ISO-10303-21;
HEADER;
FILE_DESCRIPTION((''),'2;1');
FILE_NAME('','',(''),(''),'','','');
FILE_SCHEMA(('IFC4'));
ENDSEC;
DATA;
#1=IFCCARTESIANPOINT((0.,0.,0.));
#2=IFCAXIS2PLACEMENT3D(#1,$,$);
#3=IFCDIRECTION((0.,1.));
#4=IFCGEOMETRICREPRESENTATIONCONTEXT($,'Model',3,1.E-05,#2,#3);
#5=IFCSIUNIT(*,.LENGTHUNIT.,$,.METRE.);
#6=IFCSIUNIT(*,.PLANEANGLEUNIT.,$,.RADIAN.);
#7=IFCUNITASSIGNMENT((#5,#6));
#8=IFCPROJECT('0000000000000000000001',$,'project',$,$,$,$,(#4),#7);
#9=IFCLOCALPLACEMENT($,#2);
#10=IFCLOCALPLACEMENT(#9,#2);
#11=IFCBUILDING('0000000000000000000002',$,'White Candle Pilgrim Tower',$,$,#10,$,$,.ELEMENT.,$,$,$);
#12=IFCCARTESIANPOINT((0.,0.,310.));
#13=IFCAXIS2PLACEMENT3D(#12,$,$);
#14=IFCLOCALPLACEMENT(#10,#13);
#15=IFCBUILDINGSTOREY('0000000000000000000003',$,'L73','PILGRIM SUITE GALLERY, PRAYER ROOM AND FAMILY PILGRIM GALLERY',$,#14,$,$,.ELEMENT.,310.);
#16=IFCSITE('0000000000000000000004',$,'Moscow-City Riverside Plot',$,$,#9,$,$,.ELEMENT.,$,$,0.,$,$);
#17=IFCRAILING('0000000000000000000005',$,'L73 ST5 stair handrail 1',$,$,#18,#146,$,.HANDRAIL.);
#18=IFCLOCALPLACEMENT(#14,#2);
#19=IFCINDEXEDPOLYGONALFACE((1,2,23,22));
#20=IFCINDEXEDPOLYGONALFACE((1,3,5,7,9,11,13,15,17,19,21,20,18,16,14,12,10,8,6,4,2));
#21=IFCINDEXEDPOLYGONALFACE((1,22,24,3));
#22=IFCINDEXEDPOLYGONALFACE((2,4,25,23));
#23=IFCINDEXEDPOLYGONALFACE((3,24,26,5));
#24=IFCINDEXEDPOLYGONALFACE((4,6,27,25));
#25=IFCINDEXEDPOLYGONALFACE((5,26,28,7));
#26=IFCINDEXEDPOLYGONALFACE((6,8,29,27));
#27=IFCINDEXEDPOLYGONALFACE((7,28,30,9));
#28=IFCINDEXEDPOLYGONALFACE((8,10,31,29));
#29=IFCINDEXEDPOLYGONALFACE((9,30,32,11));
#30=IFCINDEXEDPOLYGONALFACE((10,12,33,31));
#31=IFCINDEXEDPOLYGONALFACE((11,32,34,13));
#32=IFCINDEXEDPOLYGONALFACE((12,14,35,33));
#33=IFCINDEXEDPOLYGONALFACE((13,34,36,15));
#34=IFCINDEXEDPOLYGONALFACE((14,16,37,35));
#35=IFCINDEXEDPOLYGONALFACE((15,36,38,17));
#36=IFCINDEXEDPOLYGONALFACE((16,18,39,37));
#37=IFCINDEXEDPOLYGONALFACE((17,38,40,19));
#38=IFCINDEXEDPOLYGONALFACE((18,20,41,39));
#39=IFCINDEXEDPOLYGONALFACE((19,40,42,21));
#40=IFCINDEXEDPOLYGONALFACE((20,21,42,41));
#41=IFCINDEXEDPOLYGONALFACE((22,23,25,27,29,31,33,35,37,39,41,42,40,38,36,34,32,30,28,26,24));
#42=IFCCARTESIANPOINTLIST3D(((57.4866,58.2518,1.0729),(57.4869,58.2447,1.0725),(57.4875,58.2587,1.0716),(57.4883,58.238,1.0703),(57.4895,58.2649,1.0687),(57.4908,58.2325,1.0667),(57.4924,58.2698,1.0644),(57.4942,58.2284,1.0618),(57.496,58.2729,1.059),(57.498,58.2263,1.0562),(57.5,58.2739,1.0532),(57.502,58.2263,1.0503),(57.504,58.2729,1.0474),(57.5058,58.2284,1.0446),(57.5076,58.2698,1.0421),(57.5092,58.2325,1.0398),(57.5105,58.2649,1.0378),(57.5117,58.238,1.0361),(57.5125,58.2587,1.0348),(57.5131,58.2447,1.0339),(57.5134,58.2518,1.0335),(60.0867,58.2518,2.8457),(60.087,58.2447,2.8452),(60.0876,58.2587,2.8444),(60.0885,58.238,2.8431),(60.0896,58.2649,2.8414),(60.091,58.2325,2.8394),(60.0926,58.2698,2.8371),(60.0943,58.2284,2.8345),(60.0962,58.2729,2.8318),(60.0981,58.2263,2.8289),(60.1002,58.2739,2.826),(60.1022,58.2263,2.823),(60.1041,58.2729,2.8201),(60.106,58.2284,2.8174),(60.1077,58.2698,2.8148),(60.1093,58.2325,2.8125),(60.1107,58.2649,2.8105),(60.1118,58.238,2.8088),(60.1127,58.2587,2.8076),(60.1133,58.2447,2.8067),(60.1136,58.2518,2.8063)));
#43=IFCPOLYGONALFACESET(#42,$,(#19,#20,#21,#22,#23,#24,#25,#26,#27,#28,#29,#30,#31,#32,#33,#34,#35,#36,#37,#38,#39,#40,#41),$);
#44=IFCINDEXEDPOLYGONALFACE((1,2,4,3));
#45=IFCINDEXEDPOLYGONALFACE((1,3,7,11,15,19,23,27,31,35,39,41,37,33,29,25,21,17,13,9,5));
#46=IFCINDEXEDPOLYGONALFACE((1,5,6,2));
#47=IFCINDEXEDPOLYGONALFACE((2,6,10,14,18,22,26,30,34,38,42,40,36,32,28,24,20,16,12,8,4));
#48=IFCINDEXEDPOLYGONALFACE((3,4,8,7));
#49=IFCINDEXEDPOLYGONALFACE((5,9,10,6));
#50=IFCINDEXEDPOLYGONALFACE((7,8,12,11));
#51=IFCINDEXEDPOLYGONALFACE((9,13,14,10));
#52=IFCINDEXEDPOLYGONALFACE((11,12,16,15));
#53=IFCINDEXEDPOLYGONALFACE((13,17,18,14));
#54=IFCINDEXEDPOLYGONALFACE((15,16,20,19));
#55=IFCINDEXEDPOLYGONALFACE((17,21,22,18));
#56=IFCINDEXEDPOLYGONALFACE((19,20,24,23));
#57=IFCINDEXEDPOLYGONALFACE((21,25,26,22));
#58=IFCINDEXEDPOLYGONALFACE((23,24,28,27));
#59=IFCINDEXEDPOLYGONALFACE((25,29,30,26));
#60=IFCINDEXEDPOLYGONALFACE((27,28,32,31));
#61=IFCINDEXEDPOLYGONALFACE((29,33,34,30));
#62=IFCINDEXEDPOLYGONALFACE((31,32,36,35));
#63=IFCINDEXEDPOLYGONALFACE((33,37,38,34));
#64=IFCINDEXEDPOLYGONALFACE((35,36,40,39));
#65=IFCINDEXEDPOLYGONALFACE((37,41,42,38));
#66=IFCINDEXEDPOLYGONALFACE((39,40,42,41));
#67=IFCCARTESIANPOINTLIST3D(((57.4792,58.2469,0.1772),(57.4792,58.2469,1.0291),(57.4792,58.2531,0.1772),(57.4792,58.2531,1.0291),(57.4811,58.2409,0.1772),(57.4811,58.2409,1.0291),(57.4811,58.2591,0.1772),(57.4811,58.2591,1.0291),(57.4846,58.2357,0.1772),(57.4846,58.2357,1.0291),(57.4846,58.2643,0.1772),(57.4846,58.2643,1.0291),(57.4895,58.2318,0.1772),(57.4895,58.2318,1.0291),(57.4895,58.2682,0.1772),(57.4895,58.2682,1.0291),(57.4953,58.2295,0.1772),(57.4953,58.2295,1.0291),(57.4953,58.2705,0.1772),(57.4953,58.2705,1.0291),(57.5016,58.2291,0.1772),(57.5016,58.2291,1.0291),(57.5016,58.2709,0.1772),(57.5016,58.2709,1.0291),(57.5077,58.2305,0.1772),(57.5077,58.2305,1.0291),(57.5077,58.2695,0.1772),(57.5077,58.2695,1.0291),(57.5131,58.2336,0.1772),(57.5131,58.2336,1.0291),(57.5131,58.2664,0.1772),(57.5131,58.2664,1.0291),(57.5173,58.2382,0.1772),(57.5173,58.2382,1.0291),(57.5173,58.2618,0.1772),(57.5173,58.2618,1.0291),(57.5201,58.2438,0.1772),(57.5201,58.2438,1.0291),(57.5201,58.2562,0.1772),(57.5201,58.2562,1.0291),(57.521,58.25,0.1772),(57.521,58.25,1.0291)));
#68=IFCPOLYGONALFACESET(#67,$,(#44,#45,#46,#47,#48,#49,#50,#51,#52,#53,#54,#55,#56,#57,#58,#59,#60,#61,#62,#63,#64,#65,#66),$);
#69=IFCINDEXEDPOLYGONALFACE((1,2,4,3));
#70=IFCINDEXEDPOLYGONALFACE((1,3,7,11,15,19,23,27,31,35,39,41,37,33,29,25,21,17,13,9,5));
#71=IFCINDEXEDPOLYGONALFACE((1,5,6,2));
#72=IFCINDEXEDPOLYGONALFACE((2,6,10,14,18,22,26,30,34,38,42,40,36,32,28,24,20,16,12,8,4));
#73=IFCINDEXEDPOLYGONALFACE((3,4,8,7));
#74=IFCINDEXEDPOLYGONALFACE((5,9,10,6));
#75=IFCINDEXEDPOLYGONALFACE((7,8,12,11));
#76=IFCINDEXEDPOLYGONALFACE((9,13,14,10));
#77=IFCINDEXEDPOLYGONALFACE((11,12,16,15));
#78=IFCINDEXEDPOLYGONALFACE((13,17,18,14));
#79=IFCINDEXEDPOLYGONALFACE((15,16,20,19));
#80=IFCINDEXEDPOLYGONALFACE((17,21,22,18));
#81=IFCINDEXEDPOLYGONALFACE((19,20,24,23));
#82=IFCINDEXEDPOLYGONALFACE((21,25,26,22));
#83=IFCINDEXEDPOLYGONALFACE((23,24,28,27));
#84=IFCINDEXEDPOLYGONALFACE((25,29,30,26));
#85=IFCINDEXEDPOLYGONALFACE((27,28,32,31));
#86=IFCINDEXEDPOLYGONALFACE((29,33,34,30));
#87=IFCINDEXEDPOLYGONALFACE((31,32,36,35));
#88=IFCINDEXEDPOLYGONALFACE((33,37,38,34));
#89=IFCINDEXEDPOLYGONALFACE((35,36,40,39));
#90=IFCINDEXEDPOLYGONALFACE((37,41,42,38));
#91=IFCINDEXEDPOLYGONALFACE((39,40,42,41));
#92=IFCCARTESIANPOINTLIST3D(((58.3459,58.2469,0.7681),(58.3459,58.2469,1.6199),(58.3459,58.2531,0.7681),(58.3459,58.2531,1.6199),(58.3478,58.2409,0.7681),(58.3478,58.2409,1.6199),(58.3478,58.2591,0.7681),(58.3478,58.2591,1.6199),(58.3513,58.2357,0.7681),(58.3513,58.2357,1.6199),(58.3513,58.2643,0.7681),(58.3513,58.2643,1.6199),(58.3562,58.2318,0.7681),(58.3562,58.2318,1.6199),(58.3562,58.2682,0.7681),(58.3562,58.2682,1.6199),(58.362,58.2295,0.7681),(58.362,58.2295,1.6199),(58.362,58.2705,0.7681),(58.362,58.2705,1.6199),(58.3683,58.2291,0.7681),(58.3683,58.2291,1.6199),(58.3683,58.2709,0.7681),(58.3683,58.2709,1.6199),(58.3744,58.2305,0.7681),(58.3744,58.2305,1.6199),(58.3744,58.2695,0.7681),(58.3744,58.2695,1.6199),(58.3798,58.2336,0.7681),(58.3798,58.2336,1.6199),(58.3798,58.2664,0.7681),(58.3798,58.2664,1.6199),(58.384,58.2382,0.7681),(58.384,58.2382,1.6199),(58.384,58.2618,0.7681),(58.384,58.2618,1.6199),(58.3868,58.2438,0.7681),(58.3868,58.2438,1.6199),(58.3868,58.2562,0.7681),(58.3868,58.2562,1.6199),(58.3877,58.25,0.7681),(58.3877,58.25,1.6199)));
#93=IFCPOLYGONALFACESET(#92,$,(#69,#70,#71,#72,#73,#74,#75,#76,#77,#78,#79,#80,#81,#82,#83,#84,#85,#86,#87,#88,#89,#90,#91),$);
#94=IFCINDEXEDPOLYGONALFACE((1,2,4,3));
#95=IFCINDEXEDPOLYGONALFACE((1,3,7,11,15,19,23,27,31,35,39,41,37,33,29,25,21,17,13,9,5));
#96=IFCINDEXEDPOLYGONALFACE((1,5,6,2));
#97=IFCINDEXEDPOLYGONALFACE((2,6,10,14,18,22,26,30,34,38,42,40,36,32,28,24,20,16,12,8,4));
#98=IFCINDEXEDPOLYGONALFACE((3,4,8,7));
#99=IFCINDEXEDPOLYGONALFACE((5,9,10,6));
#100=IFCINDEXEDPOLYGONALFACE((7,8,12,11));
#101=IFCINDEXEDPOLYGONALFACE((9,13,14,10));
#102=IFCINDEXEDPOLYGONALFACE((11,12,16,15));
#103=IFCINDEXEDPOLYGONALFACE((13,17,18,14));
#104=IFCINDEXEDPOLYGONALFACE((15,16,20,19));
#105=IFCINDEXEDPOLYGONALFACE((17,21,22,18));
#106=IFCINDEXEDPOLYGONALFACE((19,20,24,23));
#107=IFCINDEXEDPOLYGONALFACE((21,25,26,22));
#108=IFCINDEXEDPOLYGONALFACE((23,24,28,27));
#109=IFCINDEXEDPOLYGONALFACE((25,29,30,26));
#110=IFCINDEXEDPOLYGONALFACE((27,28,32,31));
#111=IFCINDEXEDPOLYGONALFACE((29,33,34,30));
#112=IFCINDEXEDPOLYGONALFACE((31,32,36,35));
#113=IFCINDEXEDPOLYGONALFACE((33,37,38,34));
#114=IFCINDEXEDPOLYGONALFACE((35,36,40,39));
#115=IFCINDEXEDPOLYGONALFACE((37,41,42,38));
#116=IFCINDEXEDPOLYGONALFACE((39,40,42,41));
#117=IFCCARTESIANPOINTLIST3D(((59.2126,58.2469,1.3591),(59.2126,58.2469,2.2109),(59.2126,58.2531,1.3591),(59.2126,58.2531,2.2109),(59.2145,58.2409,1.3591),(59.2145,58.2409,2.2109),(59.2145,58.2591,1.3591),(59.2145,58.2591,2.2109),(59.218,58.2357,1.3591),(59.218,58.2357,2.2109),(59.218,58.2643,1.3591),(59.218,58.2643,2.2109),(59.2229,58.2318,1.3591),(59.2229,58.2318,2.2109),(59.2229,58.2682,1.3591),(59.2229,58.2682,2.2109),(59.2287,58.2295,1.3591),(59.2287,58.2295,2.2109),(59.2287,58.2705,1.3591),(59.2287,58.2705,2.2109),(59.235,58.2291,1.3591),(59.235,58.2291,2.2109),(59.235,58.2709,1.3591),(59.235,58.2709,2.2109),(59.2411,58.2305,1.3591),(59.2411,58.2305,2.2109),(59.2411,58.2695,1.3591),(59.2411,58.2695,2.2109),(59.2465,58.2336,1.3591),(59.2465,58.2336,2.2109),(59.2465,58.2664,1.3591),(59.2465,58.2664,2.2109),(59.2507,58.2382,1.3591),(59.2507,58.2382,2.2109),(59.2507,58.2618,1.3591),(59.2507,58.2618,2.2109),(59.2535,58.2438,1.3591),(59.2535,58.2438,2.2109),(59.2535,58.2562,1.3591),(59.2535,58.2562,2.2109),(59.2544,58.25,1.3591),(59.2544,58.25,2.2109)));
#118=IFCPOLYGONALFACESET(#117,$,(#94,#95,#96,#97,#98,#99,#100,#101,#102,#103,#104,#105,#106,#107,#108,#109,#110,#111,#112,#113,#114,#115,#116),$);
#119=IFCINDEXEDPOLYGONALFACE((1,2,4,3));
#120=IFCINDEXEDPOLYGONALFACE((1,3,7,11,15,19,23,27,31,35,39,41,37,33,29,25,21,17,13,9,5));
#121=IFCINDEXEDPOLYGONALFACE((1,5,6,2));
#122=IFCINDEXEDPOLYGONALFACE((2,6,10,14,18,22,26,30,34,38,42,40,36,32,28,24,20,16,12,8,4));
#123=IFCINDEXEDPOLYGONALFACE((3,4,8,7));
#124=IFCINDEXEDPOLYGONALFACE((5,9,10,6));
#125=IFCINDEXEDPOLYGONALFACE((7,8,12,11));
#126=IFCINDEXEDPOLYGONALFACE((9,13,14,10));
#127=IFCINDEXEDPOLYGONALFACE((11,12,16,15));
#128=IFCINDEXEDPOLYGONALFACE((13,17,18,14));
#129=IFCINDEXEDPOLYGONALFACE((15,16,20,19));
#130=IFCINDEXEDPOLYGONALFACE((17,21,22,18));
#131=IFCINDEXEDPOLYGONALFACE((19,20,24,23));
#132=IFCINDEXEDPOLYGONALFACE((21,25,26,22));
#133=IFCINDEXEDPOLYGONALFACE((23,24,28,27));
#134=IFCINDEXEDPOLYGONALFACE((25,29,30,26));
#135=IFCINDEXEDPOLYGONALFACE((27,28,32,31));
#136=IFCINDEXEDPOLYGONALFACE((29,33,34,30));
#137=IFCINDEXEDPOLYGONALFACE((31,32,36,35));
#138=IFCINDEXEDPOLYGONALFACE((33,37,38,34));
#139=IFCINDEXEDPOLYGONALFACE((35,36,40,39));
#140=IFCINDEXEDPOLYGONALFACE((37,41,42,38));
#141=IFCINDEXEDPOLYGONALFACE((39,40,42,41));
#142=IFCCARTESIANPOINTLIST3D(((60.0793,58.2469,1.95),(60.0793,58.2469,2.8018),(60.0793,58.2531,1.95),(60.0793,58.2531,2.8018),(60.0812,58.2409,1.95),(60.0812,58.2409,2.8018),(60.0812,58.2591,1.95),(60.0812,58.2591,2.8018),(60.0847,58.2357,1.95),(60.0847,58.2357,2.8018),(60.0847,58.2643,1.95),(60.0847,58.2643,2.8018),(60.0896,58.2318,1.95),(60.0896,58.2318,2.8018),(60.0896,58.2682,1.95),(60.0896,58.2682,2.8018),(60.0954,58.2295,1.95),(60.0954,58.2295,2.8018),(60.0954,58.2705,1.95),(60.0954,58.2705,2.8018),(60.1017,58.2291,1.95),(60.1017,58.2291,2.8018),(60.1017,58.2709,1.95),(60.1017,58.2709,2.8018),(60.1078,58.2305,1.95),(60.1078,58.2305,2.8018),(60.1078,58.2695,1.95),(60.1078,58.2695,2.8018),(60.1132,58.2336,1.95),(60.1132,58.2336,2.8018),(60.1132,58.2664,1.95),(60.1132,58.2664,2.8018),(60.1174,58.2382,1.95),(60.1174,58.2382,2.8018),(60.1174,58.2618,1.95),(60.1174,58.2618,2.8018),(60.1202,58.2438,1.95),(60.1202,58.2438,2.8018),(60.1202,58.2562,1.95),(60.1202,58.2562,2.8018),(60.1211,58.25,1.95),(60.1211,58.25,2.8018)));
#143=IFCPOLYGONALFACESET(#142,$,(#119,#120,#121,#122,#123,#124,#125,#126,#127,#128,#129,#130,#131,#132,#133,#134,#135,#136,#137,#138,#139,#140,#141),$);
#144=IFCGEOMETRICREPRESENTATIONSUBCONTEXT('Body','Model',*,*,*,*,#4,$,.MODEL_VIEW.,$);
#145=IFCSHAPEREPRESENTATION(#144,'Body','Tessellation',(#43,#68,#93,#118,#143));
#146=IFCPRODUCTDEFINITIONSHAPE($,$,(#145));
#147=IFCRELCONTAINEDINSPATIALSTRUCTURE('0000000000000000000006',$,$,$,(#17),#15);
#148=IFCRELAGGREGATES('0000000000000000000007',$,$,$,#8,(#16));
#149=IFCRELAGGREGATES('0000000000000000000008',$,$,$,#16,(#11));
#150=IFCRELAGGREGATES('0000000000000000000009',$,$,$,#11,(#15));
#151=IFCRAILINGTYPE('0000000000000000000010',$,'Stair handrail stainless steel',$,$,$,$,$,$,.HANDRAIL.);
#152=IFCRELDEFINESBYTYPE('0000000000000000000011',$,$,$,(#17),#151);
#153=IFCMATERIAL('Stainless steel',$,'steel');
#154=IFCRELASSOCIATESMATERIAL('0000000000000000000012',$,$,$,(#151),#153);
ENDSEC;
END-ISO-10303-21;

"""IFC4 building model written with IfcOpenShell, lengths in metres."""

from ifc_helpers import new_model, si_unit, direction, frame, origin, origin_2d, place, context, subcontext, project, spatial, circle, extrude, material, type_object, element, save


model = new_model("IFC4")

# Units and contexts
model_context = context("Model", 3, precision=1e-05, world=origin(), true_north=direction((0.0, 1.0)))
body_context = subcontext(model_context, "Body", "Model", "MODEL_VIEW")
ifc_project = project(units=[si_unit("LENGTHUNIT", "METRE"), si_unit("PLANEANGLEUNIT", "RADIAN")], contexts=[model_context])

# Site, building, storey
site_placement = place(None, origin())
site = spatial("IfcSite", under=ifc_project, at=site_placement, Name="Moscow-City Riverside Plot", CompositionType="ELEMENT", RefElevation=0.0)
building_placement = place(site_placement, origin())
building = spatial("IfcBuilding", under=site, at=building_placement, Name="White Candle Pilgrim Tower", CompositionType="ELEMENT")
storey_placement = place(building_placement, frame((0.0, 0.0, 310.0)))
storey = spatial("IfcBuildingStorey", under=building, at=storey_placement, Name="L73", Description="PILGRIM SUITE GALLERY, PRAYER ROOM AND FAMILY PILGRIM GALLERY", CompositionType="ELEMENT", Elevation=310.0)

# Railing
ifc_material_1 = material(Name="Stainless steel", Category="steel")
railing_type_1 = type_object("IfcRailingType", Name="Stair handrail stainless steel", PredefinedType="HANDRAIL", material=ifc_material_1)
railing_1_placement = place(storey_placement, frame((57.5, 58.25, 0.1772)))
element("IfcRailing", 1, at=railing_1_placement, inside=storey, type_object=railing_type_1, Name="L73 ST5 stair handrail 1", PredefinedType="HANDRAIL", context=body_context, shape_type="SweptSolid", body=[
    extrude(circle(Radius=0.0239, at=origin_2d()), frame((0.0, 0.0, 0.876), z_axis=(0.82624, 0.0, 0.563318), x_axis=(0.0, 1.0, 0.0)), (0.0, 0.0, 1.0), 3.147),
    extrude(circle(Radius=0.021, at=origin_2d()), origin(), (0.0, 0.0, 1.0), 0.8518),
    extrude(circle(Radius=0.021, at=origin_2d()), frame((0.8667, 0.0, 0.5908)), (0.0, 0.0, 1.0), 0.8518),
    extrude(circle(Radius=0.021, at=origin_2d()), frame((1.7334, 0.0, 1.1819)), (0.0, 0.0, 1.0), 0.8518),
    extrude(circle(Radius=0.021, at=origin_2d()), frame((2.6001, 0.0, 1.7727)), (0.0, 0.0, 1.0), 0.8518),
])

save(model, "model.ifc")
